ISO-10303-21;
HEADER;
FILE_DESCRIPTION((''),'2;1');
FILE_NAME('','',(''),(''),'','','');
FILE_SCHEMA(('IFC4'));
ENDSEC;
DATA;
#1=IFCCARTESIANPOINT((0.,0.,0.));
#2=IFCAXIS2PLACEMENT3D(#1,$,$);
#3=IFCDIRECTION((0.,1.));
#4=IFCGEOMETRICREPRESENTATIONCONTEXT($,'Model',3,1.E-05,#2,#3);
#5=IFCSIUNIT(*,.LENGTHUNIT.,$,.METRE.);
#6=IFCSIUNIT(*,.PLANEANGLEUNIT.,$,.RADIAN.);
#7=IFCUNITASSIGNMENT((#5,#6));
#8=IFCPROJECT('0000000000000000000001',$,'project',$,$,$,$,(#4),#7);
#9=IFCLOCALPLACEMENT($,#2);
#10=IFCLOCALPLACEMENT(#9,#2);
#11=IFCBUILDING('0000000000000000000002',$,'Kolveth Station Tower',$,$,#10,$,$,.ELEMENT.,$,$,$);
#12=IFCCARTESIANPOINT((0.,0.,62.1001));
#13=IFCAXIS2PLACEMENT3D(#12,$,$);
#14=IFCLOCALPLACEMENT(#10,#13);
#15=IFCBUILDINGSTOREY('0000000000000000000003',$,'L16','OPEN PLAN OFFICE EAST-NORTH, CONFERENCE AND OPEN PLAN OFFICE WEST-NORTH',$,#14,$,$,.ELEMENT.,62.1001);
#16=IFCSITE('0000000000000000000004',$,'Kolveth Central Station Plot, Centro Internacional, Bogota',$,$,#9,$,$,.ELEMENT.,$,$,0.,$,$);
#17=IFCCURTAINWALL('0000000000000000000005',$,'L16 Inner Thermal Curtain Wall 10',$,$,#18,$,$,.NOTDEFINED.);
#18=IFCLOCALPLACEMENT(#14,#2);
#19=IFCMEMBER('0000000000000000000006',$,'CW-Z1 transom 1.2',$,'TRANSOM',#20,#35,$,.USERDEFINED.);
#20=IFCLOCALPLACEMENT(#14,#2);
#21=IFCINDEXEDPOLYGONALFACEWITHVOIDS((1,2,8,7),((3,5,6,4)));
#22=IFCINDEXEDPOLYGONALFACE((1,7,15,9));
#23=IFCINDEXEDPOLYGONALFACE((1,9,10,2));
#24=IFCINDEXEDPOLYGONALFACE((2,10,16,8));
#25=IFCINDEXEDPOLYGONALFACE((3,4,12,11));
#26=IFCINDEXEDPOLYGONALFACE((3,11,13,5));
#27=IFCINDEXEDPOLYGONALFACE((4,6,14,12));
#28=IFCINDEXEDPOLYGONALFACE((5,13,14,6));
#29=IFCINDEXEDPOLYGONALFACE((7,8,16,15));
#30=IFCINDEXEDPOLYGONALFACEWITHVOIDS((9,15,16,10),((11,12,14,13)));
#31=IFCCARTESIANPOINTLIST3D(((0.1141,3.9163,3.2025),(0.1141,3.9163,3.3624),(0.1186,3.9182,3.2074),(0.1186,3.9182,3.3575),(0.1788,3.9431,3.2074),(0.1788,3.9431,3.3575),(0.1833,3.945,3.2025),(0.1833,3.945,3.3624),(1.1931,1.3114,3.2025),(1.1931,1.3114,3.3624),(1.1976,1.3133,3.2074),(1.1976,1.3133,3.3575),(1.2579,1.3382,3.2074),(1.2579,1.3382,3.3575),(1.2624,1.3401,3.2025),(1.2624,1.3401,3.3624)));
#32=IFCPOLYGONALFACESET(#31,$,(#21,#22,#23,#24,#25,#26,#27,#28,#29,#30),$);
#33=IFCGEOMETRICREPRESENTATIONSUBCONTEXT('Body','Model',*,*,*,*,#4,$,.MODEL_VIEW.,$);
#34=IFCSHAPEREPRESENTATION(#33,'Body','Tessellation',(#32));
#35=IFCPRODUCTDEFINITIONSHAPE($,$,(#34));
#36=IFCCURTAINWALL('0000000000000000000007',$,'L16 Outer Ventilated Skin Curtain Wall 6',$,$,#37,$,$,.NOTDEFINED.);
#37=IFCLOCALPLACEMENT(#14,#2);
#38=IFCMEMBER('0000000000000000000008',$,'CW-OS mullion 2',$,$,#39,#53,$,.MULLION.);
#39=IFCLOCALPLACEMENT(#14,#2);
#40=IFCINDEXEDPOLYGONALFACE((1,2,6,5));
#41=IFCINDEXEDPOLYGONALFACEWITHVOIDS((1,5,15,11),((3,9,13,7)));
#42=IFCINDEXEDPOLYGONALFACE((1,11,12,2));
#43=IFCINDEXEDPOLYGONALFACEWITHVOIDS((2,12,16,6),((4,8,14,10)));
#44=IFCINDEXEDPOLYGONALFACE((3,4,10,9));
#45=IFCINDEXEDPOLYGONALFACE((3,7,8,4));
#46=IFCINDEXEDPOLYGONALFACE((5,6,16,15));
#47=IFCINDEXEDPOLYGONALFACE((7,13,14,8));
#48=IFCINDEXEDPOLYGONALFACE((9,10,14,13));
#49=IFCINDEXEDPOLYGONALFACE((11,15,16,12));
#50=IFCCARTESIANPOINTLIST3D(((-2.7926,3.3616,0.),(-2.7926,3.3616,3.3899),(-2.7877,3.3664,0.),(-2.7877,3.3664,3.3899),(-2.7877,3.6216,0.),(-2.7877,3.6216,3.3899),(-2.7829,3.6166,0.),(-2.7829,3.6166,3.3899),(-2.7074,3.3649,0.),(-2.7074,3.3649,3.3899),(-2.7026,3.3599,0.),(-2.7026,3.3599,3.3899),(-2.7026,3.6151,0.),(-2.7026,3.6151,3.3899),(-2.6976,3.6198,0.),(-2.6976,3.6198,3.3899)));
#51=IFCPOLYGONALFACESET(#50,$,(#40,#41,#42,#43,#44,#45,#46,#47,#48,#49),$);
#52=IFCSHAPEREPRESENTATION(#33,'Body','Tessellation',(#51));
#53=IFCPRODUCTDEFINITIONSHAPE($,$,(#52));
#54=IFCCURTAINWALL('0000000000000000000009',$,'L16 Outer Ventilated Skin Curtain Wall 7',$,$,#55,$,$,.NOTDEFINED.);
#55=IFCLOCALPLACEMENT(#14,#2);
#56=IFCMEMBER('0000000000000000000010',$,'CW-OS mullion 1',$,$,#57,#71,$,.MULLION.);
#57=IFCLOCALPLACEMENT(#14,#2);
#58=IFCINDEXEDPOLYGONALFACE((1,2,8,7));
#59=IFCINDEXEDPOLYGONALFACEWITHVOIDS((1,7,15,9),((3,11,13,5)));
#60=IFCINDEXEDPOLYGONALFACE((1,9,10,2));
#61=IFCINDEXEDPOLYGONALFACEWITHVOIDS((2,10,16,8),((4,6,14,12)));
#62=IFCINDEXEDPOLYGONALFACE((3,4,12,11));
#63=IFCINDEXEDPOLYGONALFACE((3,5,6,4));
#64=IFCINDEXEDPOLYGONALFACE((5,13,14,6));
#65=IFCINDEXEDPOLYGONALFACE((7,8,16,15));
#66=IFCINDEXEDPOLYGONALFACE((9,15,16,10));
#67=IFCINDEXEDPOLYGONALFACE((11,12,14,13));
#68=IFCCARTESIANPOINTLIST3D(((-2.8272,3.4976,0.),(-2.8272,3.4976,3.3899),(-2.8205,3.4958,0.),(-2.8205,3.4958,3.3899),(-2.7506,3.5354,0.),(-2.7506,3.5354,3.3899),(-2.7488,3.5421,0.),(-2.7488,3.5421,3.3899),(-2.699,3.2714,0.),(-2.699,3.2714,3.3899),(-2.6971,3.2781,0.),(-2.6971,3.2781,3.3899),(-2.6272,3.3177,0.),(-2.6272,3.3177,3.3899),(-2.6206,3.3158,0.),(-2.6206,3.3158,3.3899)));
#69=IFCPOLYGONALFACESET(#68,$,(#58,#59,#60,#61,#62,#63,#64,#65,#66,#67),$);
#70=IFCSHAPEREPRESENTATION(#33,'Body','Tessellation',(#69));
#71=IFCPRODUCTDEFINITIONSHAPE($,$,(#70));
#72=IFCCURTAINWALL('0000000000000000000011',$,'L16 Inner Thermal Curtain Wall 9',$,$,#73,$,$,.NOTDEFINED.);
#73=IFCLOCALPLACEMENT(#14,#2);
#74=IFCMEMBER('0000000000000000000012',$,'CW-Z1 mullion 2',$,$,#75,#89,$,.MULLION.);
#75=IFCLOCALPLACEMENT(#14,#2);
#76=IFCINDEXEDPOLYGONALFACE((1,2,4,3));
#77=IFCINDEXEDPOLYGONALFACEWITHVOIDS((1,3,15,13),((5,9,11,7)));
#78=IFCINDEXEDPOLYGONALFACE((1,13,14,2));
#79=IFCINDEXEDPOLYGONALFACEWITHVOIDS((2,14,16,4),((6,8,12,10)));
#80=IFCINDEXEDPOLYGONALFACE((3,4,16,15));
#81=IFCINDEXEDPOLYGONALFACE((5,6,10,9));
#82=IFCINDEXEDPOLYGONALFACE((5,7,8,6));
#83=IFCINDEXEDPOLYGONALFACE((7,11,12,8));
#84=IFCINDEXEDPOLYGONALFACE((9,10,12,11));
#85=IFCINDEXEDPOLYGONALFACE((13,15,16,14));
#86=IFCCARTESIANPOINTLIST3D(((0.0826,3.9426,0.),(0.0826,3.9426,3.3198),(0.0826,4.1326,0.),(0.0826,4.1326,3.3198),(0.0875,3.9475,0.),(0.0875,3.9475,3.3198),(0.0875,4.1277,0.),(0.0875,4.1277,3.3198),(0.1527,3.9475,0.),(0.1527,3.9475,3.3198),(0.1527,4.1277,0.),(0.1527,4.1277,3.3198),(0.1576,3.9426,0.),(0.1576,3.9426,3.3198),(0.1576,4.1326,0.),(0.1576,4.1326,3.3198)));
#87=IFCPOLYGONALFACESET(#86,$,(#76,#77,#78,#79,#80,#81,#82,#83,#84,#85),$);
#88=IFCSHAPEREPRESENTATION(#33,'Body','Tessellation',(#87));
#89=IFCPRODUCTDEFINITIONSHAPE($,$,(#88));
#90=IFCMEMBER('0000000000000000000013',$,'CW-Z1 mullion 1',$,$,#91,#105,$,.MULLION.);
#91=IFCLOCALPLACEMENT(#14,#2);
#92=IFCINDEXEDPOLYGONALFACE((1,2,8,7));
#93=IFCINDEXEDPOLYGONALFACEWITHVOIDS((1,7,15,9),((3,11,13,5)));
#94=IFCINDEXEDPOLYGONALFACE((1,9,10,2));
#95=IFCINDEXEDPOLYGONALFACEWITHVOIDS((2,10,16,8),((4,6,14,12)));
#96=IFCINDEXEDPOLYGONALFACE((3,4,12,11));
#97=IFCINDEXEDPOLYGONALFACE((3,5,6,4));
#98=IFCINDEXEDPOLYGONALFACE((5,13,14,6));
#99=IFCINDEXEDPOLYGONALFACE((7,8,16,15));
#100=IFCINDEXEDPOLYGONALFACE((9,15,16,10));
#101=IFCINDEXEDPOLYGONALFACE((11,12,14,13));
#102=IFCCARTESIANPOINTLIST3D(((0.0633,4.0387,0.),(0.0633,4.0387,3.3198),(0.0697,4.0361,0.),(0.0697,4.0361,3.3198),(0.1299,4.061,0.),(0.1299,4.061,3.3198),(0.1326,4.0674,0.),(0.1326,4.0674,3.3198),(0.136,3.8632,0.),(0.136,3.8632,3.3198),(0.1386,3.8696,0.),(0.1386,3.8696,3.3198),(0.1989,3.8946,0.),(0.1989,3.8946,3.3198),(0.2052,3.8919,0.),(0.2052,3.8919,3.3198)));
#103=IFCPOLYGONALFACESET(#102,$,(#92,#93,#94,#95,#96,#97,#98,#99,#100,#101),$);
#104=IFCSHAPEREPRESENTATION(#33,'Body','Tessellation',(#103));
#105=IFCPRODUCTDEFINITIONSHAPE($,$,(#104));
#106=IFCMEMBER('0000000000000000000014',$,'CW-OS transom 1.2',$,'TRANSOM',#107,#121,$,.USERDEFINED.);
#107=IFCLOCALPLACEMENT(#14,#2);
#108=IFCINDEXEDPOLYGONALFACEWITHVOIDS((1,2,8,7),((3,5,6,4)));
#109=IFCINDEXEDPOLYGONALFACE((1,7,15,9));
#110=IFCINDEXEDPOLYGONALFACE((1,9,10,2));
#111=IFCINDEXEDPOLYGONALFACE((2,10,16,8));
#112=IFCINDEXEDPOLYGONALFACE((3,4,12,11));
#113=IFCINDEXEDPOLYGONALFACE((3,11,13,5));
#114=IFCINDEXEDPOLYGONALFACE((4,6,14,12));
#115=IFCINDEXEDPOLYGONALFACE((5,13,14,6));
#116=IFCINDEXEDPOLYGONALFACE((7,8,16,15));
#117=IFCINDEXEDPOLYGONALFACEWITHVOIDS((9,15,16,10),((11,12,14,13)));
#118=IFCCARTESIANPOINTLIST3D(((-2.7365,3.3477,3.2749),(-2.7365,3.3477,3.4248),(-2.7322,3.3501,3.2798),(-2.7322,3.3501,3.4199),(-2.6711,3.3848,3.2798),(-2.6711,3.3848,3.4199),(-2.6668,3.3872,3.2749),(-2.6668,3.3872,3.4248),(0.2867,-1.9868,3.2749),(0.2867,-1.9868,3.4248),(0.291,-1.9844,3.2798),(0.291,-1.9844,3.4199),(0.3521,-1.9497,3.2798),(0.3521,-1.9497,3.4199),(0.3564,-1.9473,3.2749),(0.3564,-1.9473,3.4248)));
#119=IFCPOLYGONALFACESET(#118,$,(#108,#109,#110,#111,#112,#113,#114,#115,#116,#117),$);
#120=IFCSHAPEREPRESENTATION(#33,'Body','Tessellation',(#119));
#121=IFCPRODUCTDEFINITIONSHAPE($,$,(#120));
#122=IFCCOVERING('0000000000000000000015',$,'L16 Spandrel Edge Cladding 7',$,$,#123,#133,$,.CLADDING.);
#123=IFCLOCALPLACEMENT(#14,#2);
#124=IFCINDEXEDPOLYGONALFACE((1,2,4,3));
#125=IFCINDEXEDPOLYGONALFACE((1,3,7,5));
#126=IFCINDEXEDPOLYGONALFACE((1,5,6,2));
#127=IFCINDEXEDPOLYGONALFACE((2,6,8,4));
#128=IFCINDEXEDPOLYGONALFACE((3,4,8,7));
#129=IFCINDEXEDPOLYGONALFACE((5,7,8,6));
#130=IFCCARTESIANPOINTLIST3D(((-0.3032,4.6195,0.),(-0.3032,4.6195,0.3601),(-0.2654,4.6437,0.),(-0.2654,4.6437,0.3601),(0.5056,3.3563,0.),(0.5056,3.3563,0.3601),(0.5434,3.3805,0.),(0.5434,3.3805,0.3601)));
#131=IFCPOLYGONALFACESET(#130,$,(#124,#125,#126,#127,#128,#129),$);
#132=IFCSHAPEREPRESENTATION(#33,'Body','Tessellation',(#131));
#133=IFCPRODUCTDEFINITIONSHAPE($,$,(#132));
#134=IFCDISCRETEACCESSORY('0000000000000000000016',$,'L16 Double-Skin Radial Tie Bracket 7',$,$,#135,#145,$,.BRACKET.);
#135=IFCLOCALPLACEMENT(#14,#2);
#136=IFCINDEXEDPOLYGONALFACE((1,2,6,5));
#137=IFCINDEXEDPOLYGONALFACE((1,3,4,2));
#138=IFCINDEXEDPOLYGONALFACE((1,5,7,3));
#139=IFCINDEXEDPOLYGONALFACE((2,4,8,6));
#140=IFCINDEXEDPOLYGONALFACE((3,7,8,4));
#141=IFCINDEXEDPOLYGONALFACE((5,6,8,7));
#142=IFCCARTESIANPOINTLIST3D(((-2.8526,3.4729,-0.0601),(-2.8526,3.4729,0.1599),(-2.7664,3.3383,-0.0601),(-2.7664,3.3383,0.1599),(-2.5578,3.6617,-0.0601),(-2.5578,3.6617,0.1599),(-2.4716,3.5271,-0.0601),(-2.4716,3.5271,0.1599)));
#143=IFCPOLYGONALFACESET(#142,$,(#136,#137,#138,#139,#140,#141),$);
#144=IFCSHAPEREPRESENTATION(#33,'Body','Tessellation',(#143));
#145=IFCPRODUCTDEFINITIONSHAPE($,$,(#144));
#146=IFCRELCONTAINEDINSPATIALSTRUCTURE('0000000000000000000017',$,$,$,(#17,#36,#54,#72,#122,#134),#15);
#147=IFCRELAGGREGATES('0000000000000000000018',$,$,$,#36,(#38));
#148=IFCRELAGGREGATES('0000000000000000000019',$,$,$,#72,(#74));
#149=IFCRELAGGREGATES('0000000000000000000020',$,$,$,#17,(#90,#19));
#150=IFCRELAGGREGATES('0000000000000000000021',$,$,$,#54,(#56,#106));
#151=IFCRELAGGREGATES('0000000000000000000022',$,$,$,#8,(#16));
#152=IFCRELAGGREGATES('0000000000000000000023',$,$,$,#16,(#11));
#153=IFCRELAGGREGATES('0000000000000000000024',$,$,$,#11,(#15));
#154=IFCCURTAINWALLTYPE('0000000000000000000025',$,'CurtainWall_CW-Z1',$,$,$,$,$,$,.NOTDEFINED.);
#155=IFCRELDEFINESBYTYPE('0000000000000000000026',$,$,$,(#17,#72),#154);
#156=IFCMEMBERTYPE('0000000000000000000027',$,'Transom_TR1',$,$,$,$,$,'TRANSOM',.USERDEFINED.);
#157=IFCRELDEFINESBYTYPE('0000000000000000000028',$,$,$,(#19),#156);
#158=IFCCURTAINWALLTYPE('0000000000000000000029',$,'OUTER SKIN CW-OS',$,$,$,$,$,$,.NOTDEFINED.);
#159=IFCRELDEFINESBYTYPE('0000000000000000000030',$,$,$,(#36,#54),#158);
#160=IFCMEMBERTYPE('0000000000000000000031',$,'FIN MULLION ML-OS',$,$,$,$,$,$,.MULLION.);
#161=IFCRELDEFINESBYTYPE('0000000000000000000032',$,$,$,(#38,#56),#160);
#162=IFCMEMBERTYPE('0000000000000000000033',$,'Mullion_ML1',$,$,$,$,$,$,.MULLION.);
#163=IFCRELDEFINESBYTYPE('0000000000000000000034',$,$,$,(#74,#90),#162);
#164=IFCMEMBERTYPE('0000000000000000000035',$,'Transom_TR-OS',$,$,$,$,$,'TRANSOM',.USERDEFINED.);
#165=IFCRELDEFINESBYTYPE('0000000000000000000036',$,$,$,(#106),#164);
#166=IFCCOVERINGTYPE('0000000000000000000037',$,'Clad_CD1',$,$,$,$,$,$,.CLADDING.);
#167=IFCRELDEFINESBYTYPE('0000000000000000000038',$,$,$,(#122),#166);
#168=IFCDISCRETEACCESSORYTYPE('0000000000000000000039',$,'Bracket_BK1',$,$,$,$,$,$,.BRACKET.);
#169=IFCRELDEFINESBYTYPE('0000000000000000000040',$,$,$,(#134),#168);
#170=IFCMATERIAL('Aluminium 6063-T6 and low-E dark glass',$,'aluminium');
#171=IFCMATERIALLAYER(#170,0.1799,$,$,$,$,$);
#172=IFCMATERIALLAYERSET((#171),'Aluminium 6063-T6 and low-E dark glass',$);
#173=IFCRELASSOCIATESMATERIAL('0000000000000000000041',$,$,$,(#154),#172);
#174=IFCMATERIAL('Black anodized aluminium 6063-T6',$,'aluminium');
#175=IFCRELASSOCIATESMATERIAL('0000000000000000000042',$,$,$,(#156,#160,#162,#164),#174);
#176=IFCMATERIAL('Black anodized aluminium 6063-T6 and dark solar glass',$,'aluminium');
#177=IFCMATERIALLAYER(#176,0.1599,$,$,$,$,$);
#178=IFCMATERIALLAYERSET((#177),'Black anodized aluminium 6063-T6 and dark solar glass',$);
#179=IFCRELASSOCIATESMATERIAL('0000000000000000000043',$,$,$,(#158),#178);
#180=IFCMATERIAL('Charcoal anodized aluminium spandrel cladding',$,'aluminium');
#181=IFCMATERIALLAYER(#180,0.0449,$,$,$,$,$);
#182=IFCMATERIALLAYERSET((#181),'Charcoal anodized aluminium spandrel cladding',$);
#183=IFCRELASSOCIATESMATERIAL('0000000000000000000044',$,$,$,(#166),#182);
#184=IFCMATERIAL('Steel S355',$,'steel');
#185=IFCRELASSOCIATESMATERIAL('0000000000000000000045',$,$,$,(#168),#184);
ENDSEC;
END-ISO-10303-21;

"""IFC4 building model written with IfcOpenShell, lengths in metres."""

from ifc_helpers import new_model, si_unit, direction, frame, origin, origin_2d, place, context, subcontext, project, spatial, rectangle, hollow_rectangle, extrude, source, transform, mapped, material, layer, layer_set, material_profile, profile_set, type_object, element, aggregate, save


model = new_model("IFC4")

# Units and contexts
model_context = context("Model", 3, precision=1e-05, world=origin(), true_north=direction((0.0, 1.0)))
body_context = subcontext(model_context, "Body", "Model", "MODEL_VIEW")
ifc_project = project(units=[si_unit("LENGTHUNIT", "METRE"), si_unit("PLANEANGLEUNIT", "RADIAN")], contexts=[model_context])

# Site, building, storey
site_placement = place(None, origin())
site = spatial("IfcSite", under=ifc_project, at=site_placement, Name="Kolveth Central Station Plot, Centro Internacional, Bogota", CompositionType="ELEMENT", RefElevation=0.0)
building_placement = place(site_placement, origin())
building = spatial("IfcBuilding", under=site, at=building_placement, Name="Kolveth Station Tower", CompositionType="ELEMENT")
storey_placement = place(building_placement, frame((0.0, 0.0, 62.1001)))
storey = spatial("IfcBuildingStorey", under=building, at=storey_placement, Name="L16", Description="OPEN PLAN OFFICE EAST-NORTH, CONFERENCE AND OPEN PLAN OFFICE WEST-NORTH", CompositionType="ELEMENT", Elevation=62.1001)

# Shared definitions
ifc_material_1 = material(Name="Steel S355", Category="steel")

# Curtain wall, member
ifc_material_2 = material(Name="Aluminium 6063-T6 and low-E dark glass", Category="aluminium")
ifc_layer_1 = layer(ifc_material_2, 0.1799)
ifc_layer_set_1 = layer_set([ifc_layer_1], Name="Aluminium 6063-T6 and low-E dark glass")
curtain_wall_type_1 = type_object("IfcCurtainWallType", Name="CurtainWall_CW-Z1", PredefinedType="NOTDEFINED", material=ifc_layer_set_1)
curtain_wall_1_placement = place(storey_placement, origin())
curtain_wall_1 = element("IfcCurtainWall", 1, at=curtain_wall_1_placement, inside=storey, type_object=curtain_wall_type_1, Name="L16 Inner Thermal Curtain Wall 10", PredefinedType="NOTDEFINED")
ifc_material_3 = material(Name="Black anodized aluminium 6063-T6", Category="aluminium")
ifc_material_profile_1 = material_profile(ifc_material_3, hollow_rectangle(XDim=0.075, YDim=0.1599, WallThickness=0.0049, at=origin_2d()), Name="ALU-75x160x5")
ifc_profile_set_1 = profile_set([ifc_material_profile_1], Name="Black anodized aluminium 6063-T6")
member_type_1 = type_object("IfcMemberType", Name="Transom_TR1", ElementType="TRANSOM", PredefinedType="USERDEFINED", material=ifc_profile_set_1)
shared_shape_1 = source(origin(), body_context, "Body", "SweptSolid", [
    extrude(hollow_rectangle(XDim=0.075, YDim=0.1599, WallThickness=0.0049, at=origin_2d()), origin(), (0.0, 0.0, 1.0), 2.8196),
])
member_1_placement = place(storey_placement, frame((0.1487, 3.9307, 3.2825), z_axis=(0.382709, -0.923869, 0.0), x_axis=(0.923869, 0.382709, 0.0)))
member_1 = element("IfcMember", 2, at=member_1_placement, type_object=member_type_1, Name="CW-Z1 transom 1.2", ObjectType="TRANSOM", PredefinedType="USERDEFINED", context=body_context, shape_type="MappedRepresentation", body=[
    mapped(shared_shape_1, transform((0.0, 0.0, 0.0), x_axis=(1.0, 0.0, 0.0), y_axis=(0.0, 1.0, 0.0), z_axis=(0.0, 0.0, 1.0), scale=1.0)),
])

# Curtain walls, members
ifc_material_4 = material(Name="Black anodized aluminium 6063-T6 and dark solar glass", Category="aluminium")
ifc_layer_2 = layer(ifc_material_4, 0.1599)
ifc_layer_set_2 = layer_set([ifc_layer_2], Name="Black anodized aluminium 6063-T6 and dark solar glass")
curtain_wall_type_2 = type_object("IfcCurtainWallType", Name="OUTER SKIN CW-OS", PredefinedType="NOTDEFINED", material=ifc_layer_set_2)
curtain_wall_2_placement = place(storey_placement, origin())
curtain_wall_2 = element("IfcCurtainWall", 3, at=curtain_wall_2_placement, inside=storey, type_object=curtain_wall_type_2, Name="L16 Outer Ventilated Skin Curtain Wall 6", PredefinedType="NOTDEFINED")
ifc_material_profile_2 = material_profile(ifc_material_3, hollow_rectangle(XDim=0.0901, YDim=0.26, WallThickness=0.0049, at=origin_2d()), Name="ALU-90x260x5")
ifc_profile_set_2 = profile_set([ifc_material_profile_2], Name="Black anodized aluminium 6063-T6")
member_type_2 = type_object("IfcMemberType", Name="FIN MULLION ML-OS", PredefinedType="MULLION", material=ifc_profile_set_2)
shared_shape_2 = source(origin(), body_context, "Body", "SweptSolid", [
    extrude(hollow_rectangle(XDim=0.0901, YDim=0.26, WallThickness=0.0049, at=origin_2d()), origin(), (0.0, 0.0, 1.0), 3.3899),
])
member_2_placement = place(storey_placement, frame((-2.7451, 3.4907, 0.0), z_axis=(0.0, 0.0, 1.0), x_axis=(0.999817, -0.019106, 0.0)))
member_2 = element("IfcMember", 4, at=member_2_placement, type_object=member_type_2, Name="CW-OS mullion 2", PredefinedType="MULLION", context=body_context, shape_type="MappedRepresentation", body=[
    mapped(shared_shape_2, transform((0.0, 0.0, 0.0), x_axis=(1.0, 0.0, 0.0), y_axis=(0.0, 1.0, 0.0), z_axis=(0.0, 0.0, 1.0), scale=1.0)),
])
aggregate(curtain_wall_2, [member_2])
curtain_wall_3_placement = place(storey_placement, origin())
curtain_wall_3 = element("IfcCurtainWall", 5, at=curtain_wall_3_placement, inside=storey, type_object=curtain_wall_type_2, Name="L16 Outer Ventilated Skin Curtain Wall 7", PredefinedType="NOTDEFINED")
member_3_placement = place(storey_placement, frame((-2.7239, 3.4067, 0.0), z_axis=(0.0, 0.0, 1.0), x_axis=(0.87, 0.493051, 0.0)))
member_3 = element("IfcMember", 6, at=member_3_placement, type_object=member_type_2, Name="CW-OS mullion 1", PredefinedType="MULLION", context=body_context, shape_type="MappedRepresentation", body=[
    mapped(shared_shape_2, transform((0.0, 0.0, 0.0), x_axis=(1.0, 0.0, 0.0), y_axis=(0.0, 1.0, 0.0), z_axis=(0.0, 0.0, 1.0), scale=1.0)),
])
curtain_wall_4_placement = place(storey_placement, origin())
curtain_wall_4 = element("IfcCurtainWall", 7, at=curtain_wall_4_placement, inside=storey, type_object=curtain_wall_type_1, Name="L16 Inner Thermal Curtain Wall 9", PredefinedType="NOTDEFINED")
ifc_material_profile_3 = material_profile(ifc_material_3, hollow_rectangle(XDim=0.075, YDim=0.1899, WallThickness=0.0049, at=origin_2d()), Name="ALU-75x190x5")
ifc_profile_set_3 = profile_set([ifc_material_profile_3], Name="Black anodized aluminium 6063-T6")
member_type_3 = type_object("IfcMemberType", Name="Mullion_ML1", PredefinedType="MULLION", material=ifc_profile_set_3)
shared_shape_3 = source(origin(), body_context, "Body", "SweptSolid", [
    extrude(hollow_rectangle(XDim=0.075, YDim=0.1899, WallThickness=0.0049, at=origin_2d()), origin(), (0.0, 0.0, 1.0), 3.3198),
])
member_4_placement = place(storey_placement, frame((0.1201, 4.0376, 0.0), z_axis=(0.0, 0.0, 1.0), x_axis=(1.0, 0.0, 0.0)))
member_4 = element("IfcMember", 8, at=member_4_placement, type_object=member_type_3, Name="CW-Z1 mullion 2", PredefinedType="MULLION", context=body_context, shape_type="MappedRepresentation", body=[
    mapped(shared_shape_3, transform((0.0, 0.0, 0.0), x_axis=(1.0, 0.0, 0.0), y_axis=(0.0, 1.0, 0.0), z_axis=(0.0, 0.0, 1.0), scale=1.0)),
])
aggregate(curtain_wall_4, [member_4])

# Members
member_5_placement = place(storey_placement, frame((0.1343, 3.9653, 0.0), z_axis=(0.0, 0.0, 1.0), x_axis=(0.923884, 0.382673, 0.0)))
member_5 = element("IfcMember", 9, at=member_5_placement, type_object=member_type_3, Name="CW-Z1 mullion 1", PredefinedType="MULLION", context=body_context, shape_type="MappedRepresentation", body=[
    mapped(shared_shape_3, transform((0.0, 0.0, 0.0), x_axis=(1.0, 0.0, 0.0), y_axis=(0.0, 1.0, 0.0), z_axis=(0.0, 0.0, 1.0), scale=1.0)),
])
aggregate(curtain_wall_1, [member_5, member_1])
ifc_material_profile_4 = material_profile(ifc_material_3, hollow_rectangle(XDim=0.0801, YDim=0.1499, WallThickness=0.0049, at=origin_2d()), Name="ALU-80x150x5")
ifc_profile_set_4 = profile_set([ifc_material_profile_4], Name="Black anodized aluminium 6063-T6")
member_type_4 = type_object("IfcMemberType", Name="Transom_TR-OS", ElementType="TRANSOM", PredefinedType="USERDEFINED", material=ifc_profile_set_4)
shared_shape_4 = source(origin(), body_context, "Body", "SweptSolid", [
    extrude(hollow_rectangle(XDim=0.0801, YDim=0.1499, WallThickness=0.0049, at=origin_2d()), origin(), (0.0, 0.0, 1.0), 6.1316),
])
member_6_placement = place(storey_placement, frame((-2.7017, 3.3674, 3.3499), z_axis=(0.493053, -0.869999, 0.0), x_axis=(0.869999, 0.493053, 0.0)))
member_6 = element("IfcMember", 10, at=member_6_placement, type_object=member_type_4, Name="CW-OS transom 1.2", ObjectType="TRANSOM", PredefinedType="USERDEFINED", context=body_context, shape_type="MappedRepresentation", body=[
    mapped(shared_shape_4, transform((0.0, 0.0, 0.0), x_axis=(1.0, 0.0, 0.0), y_axis=(0.0, 1.0, 0.0), z_axis=(0.0, 0.0, 1.0), scale=1.0)),
])
aggregate(curtain_wall_3, [member_3, member_6])

# Covering
ifc_material_5 = material(Name="Charcoal anodized aluminium spandrel cladding", Category="aluminium")
ifc_layer_3 = layer(ifc_material_5, 0.0449)
ifc_layer_set_3 = layer_set([ifc_layer_3], Name="Charcoal anodized aluminium spandrel cladding")
covering_type = type_object("IfcCoveringType", Name="Clad_CD1", PredefinedType="CLADDING", material=ifc_layer_set_3)
shared_shape_5 = source(origin(), body_context, "Body", "SweptSolid", [
    extrude(rectangle(XDim=1.5, YDim=0.0449, at=origin_2d()), origin(), (0.0, 0.0, 1.0), 0.3601),
])
covering_placement = place(storey_placement, frame((0.1201, 4.0, 0.0), z_axis=(0.0, 0.0, 1.0), x_axis=(0.539212, -0.84217, 0.0)))
element("IfcCovering", 11, at=covering_placement, inside=storey, type_object=covering_type, Name="L16 Spandrel Edge Cladding 7", PredefinedType="CLADDING", context=body_context, shape_type="MappedRepresentation", body=[
    mapped(shared_shape_5, transform((0.0, 0.0, 0.0), x_axis=(1.0, 0.0, 0.0), y_axis=(0.0, 1.0, 0.0), z_axis=(0.0, 0.0, 1.0), scale=1.0)),
])

# Discrete accessory
discrete_accessory_type = type_object("IfcDiscreteAccessoryType", Name="Bracket_BK1", PredefinedType="BRACKET", material=ifc_material_1)
shared_shape_6 = source(origin(), body_context, "Body", "SweptSolid", [
    extrude(rectangle(XDim=0.3501, YDim=0.1599, at=origin_2d()), origin(), (0.0, 0.0, 1.0), 0.22),
])
discrete_accessory_placement = place(storey_placement, frame((-2.6621, 3.5, -0.0601), z_axis=(0.0, 0.0, 1.0), x_axis=(-0.84217, -0.539212, 0.0)))
element("IfcDiscreteAccessory", 12, at=discrete_accessory_placement, inside=storey, type_object=discrete_accessory_type, Name="L16 Double-Skin Radial Tie Bracket 7", PredefinedType="BRACKET", context=body_context, shape_type="MappedRepresentation", body=[
    mapped(shared_shape_6, transform((0.0, 0.0, 0.0), x_axis=(1.0, 0.0, 0.0), y_axis=(0.0, 1.0, 0.0), z_axis=(0.0, 0.0, 1.0), scale=1.0)),
])

save(model, "model.ifc")
